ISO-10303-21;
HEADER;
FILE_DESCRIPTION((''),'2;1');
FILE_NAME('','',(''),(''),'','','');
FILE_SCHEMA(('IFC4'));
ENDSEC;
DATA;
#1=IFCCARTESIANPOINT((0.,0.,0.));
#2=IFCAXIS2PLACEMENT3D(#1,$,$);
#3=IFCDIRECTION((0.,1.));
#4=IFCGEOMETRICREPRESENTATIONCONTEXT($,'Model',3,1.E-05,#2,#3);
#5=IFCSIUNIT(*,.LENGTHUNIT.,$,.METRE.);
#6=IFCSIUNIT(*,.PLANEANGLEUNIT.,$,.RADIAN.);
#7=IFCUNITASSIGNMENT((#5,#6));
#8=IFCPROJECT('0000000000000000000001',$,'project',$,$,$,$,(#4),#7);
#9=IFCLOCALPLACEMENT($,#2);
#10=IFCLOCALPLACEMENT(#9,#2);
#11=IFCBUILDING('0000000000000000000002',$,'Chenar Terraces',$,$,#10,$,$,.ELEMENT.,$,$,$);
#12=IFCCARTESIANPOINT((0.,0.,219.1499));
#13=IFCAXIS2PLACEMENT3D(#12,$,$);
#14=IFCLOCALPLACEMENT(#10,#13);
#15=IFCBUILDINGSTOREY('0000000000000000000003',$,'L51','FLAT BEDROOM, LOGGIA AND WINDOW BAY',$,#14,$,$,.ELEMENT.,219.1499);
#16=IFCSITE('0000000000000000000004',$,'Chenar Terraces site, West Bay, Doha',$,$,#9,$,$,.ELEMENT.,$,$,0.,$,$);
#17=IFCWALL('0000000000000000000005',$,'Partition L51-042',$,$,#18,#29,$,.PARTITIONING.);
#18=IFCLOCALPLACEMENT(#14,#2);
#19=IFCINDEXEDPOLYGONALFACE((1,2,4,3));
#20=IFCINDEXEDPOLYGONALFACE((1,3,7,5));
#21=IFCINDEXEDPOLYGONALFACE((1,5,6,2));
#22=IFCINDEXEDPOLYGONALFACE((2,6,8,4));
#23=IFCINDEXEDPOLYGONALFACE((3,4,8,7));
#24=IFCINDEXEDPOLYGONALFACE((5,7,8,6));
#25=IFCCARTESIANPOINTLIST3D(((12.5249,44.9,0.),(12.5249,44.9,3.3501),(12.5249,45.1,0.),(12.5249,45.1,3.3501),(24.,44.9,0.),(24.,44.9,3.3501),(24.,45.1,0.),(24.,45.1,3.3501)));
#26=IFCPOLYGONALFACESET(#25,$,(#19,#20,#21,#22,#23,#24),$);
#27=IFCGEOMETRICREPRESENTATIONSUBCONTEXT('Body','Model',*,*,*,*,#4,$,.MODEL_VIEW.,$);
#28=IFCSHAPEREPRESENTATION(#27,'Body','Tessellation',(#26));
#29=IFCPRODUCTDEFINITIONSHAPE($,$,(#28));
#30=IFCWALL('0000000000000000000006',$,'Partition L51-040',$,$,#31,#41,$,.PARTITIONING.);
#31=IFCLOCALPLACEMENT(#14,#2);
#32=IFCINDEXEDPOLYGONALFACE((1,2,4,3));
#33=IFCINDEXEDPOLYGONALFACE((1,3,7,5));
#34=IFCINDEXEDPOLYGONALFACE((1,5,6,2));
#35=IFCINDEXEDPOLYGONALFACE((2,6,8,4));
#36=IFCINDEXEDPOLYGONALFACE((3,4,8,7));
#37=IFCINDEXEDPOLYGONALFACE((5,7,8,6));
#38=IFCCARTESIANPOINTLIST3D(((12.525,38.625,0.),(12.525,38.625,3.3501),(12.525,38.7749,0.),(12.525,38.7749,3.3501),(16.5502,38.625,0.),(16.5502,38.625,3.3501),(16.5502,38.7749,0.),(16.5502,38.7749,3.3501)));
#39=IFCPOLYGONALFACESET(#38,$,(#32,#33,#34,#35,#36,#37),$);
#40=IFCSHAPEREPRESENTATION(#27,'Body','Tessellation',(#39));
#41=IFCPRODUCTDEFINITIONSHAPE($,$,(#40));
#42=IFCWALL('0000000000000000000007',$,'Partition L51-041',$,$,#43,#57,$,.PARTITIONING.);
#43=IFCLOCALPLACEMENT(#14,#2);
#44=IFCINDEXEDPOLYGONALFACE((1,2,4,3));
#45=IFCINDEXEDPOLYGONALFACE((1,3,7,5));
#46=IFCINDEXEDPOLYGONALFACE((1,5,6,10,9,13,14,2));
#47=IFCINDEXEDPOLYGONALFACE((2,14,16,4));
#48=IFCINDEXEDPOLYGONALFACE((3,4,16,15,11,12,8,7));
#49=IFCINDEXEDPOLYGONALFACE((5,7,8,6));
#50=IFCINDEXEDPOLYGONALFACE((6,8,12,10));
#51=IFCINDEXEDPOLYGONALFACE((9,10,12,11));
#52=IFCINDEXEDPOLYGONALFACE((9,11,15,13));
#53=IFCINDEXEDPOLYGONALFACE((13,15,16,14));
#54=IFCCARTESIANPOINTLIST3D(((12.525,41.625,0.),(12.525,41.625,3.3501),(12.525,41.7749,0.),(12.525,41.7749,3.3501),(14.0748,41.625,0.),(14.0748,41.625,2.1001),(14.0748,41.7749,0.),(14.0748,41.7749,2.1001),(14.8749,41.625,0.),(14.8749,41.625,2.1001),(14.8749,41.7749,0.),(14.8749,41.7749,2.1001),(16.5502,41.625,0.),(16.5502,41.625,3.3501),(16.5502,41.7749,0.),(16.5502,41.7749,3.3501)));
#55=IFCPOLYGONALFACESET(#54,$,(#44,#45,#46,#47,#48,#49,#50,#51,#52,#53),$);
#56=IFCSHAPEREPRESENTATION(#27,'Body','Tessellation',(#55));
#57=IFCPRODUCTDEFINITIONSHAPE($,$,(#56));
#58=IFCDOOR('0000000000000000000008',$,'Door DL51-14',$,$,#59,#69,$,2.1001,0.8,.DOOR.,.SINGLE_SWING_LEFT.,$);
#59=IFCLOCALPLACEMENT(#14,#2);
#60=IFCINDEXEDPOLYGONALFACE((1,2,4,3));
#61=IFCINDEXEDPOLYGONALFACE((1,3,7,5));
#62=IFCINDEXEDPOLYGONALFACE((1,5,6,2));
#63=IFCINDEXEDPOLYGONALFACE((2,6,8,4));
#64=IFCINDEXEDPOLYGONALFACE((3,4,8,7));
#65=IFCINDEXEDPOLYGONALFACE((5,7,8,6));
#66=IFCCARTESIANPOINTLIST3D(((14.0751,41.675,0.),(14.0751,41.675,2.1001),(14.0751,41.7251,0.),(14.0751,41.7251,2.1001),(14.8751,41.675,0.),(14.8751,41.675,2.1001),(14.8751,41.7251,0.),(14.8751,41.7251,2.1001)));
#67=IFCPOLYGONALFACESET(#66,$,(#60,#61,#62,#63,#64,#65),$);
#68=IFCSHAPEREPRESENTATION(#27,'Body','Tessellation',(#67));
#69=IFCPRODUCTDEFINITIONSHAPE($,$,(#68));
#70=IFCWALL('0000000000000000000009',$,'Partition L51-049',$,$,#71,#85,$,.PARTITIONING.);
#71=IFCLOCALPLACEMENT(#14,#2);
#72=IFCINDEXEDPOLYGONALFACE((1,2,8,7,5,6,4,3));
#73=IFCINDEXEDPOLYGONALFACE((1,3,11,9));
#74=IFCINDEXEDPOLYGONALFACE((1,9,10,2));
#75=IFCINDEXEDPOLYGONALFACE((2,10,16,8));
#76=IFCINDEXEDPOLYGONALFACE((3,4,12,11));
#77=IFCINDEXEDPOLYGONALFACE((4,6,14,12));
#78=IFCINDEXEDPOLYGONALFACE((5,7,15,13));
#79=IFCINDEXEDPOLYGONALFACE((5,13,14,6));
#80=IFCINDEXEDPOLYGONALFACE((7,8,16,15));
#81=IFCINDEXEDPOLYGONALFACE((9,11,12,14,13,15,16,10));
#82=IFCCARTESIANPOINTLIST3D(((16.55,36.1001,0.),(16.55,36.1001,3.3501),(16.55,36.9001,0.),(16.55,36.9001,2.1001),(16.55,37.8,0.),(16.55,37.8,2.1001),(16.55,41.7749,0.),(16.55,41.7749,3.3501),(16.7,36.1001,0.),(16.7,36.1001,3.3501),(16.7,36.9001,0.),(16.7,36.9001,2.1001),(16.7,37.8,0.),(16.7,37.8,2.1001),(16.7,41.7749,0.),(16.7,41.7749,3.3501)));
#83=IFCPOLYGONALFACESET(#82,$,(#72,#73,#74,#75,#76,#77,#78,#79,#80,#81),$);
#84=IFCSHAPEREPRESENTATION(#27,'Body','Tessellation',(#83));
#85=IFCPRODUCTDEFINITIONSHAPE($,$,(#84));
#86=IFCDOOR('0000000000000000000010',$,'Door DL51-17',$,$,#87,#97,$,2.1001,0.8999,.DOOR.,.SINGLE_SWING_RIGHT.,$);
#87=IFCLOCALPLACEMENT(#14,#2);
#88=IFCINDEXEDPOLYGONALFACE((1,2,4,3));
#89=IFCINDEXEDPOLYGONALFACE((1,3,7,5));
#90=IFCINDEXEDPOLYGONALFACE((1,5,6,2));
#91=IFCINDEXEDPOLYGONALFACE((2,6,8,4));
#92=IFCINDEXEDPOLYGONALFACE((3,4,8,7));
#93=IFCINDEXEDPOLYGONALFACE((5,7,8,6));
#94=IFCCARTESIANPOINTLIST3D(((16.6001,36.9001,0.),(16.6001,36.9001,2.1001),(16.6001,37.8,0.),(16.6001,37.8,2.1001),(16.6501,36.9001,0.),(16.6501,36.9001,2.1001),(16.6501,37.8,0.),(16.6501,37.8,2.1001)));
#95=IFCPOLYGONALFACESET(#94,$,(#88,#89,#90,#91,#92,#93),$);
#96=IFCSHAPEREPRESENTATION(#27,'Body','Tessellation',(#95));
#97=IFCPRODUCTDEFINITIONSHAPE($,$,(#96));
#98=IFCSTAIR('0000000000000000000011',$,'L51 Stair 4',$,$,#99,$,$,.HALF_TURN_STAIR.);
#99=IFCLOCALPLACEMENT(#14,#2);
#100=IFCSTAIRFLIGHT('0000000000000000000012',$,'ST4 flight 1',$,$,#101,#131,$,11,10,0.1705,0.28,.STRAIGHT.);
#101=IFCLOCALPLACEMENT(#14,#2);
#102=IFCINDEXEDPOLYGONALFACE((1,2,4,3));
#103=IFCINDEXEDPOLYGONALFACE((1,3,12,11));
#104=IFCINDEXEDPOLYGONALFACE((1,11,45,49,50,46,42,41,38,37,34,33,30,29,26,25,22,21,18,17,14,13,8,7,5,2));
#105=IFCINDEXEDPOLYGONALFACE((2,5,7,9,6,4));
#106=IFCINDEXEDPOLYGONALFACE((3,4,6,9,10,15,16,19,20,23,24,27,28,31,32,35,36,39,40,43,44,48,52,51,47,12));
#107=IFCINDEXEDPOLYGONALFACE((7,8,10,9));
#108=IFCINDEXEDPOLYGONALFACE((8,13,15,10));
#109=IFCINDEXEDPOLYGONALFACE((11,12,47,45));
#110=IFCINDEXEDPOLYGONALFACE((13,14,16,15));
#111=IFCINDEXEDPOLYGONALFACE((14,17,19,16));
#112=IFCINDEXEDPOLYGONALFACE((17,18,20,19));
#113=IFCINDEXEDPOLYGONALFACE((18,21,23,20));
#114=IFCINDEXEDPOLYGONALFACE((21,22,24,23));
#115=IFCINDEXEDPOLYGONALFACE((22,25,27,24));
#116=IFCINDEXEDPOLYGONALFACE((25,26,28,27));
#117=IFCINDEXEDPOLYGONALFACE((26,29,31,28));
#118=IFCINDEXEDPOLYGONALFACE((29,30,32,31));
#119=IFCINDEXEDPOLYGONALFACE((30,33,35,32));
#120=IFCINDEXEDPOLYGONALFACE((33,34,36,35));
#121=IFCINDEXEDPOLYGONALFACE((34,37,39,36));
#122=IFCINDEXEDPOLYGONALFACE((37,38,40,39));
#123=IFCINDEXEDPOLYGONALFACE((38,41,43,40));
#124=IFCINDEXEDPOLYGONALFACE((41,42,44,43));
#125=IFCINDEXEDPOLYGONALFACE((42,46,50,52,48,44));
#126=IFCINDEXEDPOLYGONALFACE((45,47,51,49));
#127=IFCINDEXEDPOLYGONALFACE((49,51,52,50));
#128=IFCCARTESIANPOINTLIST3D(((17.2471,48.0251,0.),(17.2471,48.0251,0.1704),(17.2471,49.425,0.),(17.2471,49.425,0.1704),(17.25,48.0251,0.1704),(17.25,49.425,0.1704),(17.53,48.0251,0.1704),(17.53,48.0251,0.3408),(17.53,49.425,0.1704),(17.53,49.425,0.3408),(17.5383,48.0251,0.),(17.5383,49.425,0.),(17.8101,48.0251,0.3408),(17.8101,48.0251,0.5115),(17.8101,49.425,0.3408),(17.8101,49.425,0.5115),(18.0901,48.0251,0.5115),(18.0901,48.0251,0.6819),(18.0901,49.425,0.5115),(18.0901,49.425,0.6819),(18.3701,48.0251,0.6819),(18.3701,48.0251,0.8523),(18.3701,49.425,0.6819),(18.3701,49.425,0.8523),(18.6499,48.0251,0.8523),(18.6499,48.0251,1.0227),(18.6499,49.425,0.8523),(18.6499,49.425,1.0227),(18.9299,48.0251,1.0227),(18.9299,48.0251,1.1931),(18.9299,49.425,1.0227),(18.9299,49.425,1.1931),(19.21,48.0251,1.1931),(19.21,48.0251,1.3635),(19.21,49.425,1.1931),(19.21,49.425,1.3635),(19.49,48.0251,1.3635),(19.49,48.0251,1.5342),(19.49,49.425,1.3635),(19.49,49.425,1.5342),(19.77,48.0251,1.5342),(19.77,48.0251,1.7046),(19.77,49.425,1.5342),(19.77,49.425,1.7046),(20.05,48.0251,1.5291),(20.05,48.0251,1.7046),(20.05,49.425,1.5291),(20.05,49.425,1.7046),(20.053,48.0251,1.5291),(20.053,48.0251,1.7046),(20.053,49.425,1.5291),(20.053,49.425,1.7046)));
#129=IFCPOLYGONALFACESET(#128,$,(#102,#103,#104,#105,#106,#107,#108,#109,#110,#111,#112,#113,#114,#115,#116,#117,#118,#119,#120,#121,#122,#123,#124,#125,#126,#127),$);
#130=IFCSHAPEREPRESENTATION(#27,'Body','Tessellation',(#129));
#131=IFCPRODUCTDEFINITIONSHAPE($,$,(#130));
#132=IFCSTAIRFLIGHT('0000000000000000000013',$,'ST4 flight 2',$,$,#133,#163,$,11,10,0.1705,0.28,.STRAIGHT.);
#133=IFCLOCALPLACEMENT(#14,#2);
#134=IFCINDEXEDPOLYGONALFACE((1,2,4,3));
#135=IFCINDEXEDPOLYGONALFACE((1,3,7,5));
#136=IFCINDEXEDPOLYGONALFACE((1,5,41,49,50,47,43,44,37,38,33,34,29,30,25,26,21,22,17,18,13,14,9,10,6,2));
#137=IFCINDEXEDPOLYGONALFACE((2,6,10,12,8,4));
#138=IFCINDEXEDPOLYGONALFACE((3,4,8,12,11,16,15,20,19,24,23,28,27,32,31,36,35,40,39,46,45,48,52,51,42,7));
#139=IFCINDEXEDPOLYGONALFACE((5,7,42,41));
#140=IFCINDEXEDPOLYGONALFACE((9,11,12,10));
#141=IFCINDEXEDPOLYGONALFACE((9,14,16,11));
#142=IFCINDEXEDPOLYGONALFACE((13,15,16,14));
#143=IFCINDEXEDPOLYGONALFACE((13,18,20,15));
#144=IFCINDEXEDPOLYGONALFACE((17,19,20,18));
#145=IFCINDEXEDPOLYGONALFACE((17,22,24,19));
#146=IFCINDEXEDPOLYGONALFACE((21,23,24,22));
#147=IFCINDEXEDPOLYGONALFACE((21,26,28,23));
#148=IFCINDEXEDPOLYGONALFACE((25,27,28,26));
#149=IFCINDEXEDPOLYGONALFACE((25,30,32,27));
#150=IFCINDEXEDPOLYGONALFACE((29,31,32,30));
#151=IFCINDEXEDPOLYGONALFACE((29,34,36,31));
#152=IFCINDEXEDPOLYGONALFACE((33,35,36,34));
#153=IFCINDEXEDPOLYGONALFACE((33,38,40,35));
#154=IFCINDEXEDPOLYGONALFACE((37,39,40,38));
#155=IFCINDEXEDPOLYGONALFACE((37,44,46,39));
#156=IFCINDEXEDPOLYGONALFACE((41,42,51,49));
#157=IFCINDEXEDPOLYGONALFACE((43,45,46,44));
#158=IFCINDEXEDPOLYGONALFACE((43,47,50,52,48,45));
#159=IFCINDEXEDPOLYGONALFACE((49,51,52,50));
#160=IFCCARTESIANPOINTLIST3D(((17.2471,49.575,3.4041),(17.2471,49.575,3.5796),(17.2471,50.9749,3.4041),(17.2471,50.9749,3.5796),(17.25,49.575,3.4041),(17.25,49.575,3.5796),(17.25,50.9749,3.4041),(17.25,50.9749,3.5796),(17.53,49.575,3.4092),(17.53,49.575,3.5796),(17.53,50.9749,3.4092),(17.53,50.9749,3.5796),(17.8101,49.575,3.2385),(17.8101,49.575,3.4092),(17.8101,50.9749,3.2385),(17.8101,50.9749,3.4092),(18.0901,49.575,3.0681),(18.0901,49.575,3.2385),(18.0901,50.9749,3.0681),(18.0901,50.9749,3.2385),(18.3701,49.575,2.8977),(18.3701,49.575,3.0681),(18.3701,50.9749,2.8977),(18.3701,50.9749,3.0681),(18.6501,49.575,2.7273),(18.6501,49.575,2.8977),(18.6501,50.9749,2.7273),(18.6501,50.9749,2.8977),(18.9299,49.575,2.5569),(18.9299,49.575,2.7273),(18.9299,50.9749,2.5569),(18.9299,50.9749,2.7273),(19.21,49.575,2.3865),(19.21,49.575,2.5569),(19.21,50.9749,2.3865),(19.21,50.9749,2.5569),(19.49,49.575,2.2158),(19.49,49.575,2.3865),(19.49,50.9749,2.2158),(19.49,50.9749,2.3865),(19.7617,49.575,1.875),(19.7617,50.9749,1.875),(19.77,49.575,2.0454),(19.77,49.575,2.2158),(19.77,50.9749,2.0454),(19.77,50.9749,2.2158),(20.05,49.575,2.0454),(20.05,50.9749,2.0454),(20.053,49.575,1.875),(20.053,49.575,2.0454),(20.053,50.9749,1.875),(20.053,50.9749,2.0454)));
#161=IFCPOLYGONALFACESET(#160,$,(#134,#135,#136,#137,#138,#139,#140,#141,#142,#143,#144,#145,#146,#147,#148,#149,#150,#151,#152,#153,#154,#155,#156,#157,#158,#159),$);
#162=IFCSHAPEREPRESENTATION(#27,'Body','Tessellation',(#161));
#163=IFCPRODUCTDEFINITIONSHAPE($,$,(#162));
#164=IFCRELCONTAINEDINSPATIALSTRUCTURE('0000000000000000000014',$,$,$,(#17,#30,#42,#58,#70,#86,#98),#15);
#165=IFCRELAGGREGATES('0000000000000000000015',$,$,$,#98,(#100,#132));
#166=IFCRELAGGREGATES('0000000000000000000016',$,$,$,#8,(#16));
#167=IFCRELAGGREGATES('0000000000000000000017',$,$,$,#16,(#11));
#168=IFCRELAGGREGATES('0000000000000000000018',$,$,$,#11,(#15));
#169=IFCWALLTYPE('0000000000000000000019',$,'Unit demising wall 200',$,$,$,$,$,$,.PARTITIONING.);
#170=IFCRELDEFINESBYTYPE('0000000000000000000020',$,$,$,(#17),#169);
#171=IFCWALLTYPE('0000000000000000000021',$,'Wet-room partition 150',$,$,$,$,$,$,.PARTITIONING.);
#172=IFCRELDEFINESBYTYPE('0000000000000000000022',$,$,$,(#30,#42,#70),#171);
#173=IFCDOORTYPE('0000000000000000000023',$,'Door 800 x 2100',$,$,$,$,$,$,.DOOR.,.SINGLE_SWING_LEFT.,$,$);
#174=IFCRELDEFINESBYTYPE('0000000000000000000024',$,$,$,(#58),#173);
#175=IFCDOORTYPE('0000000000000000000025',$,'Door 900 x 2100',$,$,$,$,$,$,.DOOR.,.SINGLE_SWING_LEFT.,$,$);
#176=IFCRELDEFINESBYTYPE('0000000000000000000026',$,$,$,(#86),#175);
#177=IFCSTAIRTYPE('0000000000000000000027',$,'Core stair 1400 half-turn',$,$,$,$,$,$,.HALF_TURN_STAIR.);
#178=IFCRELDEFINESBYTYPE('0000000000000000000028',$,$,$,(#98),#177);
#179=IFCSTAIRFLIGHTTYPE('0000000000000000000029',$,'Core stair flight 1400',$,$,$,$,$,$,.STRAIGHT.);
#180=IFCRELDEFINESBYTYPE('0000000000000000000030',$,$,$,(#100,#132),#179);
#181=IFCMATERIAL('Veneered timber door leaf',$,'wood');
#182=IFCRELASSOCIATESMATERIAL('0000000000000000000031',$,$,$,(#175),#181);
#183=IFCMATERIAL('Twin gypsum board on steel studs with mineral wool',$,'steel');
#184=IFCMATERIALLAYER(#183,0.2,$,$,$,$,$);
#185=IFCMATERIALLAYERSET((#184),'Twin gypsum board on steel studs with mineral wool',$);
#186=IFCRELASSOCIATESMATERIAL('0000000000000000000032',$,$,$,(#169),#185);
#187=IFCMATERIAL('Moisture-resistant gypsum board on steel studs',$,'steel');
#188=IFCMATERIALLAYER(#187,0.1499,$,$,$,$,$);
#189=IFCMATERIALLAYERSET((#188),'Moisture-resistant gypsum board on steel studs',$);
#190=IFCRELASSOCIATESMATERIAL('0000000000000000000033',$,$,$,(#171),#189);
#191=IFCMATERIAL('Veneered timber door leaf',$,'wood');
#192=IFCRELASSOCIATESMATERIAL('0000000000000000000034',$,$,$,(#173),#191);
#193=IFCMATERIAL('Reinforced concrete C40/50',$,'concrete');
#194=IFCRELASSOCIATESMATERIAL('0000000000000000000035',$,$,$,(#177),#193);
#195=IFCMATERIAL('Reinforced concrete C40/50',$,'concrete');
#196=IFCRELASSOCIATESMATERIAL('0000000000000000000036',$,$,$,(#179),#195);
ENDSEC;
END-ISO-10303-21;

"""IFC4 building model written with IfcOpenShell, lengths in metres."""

from ifc_helpers import new_model, si_unit, direction, frame, frame_2d, origin, place, context, subcontext, project, spatial, polyline, rectangle, outline, extrude, material, layer, layer_set, type_object, element, fill, aggregate, save


model = new_model("IFC4")

# Units and contexts
model_context = context("Model", 3, precision=1e-05, world=origin(), true_north=direction((0.0, 1.0)))
body_context = subcontext(model_context, "Body", "Model", "MODEL_VIEW")
ifc_project = project(units=[si_unit("LENGTHUNIT", "METRE"), si_unit("PLANEANGLEUNIT", "RADIAN")], contexts=[model_context])

# Site, building, storey
site_placement = place(None, origin())
site = spatial("IfcSite", under=ifc_project, at=site_placement, Name="Chenar Terraces site, West Bay, Doha", CompositionType="ELEMENT", RefElevation=0.0)
building_placement = place(site_placement, origin())
building = spatial("IfcBuilding", under=site, at=building_placement, Name="Chenar Terraces", CompositionType="ELEMENT")
storey_placement = place(building_placement, frame((0.0, 0.0, 219.1499)))
storey = spatial("IfcBuildingStorey", under=building, at=storey_placement, Name="L51", Description="FLAT BEDROOM, LOGGIA AND WINDOW BAY", CompositionType="ELEMENT", Elevation=219.1499)

# Shared definitions
ifc_material_1 = material(Name="Veneered timber door leaf", Category="wood")
door_type_1 = type_object("IfcDoorType", Name="Door 900 x 2100", OperationType="SINGLE_SWING_LEFT", PredefinedType="DOOR", material=ifc_material_1)

# Walls
ifc_material_2 = material(Name="Twin gypsum board on steel studs with mineral wool", Category="steel")
ifc_layer_1 = layer(ifc_material_2, 0.2)
ifc_layer_set_1 = layer_set([ifc_layer_1], Name="Twin gypsum board on steel studs with mineral wool")
wall_type_1 = type_object("IfcWallType", Name="Unit demising wall 200", PredefinedType="PARTITIONING", material=ifc_layer_set_1)
for number, where, z_axis, x_axis, name in (
    (1, (12.5249, 45.0, 0.0), (0.0, 0.0, 1.0), (1.0, 0.0, 0.0), "Partition L51-042"),
):
    element("IfcWall", number, at=place(storey_placement, frame(where, z_axis=z_axis, x_axis=x_axis)), inside=storey, type_object=wall_type_1, Name=name, PredefinedType="PARTITIONING", context=body_context, shape_type="SweptSolid", body=[
        extrude(rectangle(XDim=11.4751, YDim=0.2, at=frame_2d((5.7375, 0.0))), origin(), (0.0, 0.0, 1.0), 3.3501),
    ])
ifc_material_3 = material(Name="Moisture-resistant gypsum board on steel studs", Category="steel")
ifc_layer_2 = layer(ifc_material_3, 0.1499)
ifc_layer_set_2 = layer_set([ifc_layer_2], Name="Moisture-resistant gypsum board on steel studs")
wall_type_2 = type_object("IfcWallType", Name="Wet-room partition 150", PredefinedType="PARTITIONING", material=ifc_layer_set_2)
wall_1_placement = place(storey_placement, frame((12.5249, 38.7, 0.0), z_axis=(0.0, 0.0, 1.0), x_axis=(1.0, 0.0, 0.0)))
element("IfcWall", 2, at=wall_1_placement, inside=storey, type_object=wall_type_2, Name="Partition L51-040", PredefinedType="PARTITIONING", context=body_context, shape_type="SweptSolid", body=[
    extrude(rectangle(XDim=4.0251, YDim=0.1499, at=frame_2d((2.0127, 0.0))), origin(), (0.0, 0.0, 1.0), 3.3501),
])

# Walls, openings, doors
wall_2_placement = place(storey_placement, frame((12.5249, 41.7, 0.0), z_axis=(0.0, 0.0, 1.0), x_axis=(1.0, 0.0, 0.0)))
wall_2 = element("IfcWall", 3, at=wall_2_placement, inside=storey, type_object=wall_type_2, Name="Partition L51-041", PredefinedType="PARTITIONING", context=body_context, shape_type="SweptSolid", body=[
    extrude(rectangle(XDim=4.0251, YDim=0.1499, at=frame_2d((2.0127, 0.0))), origin(), (0.0, 0.0, 1.0), 3.3501),
])
opening_1_placement = place(wall_2_placement, frame((1.55, 0.0, 0.0)))
opening_1 = element("IfcOpeningElement", 4, at=opening_1_placement, cuts=wall_2, PredefinedType="OPENING", context=body_context, shape_type="SweptSolid", body=[
    extrude(rectangle(XDim=0.8, YDim=2.1001, at=frame_2d((0.3999, 1.05))), frame((0.0, 0.085, 0.0), z_axis=(0.0, -1.0, 0.0), x_axis=(1.0, 0.0, 0.0)), (0.0, 0.0, 1.0), 0.1699),
])
ifc_material_4 = material(Name="Veneered timber door leaf", Category="wood")
door_type_2 = type_object("IfcDoorType", Name="Door 800 x 2100", OperationType="SINGLE_SWING_LEFT", PredefinedType="DOOR", material=ifc_material_4)
door_1_placement = place(opening_1_placement, frame((0.8, 0.0, 0.0), z_axis=(0.0, 0.0, 1.0), x_axis=(-1.0, 0.0, 0.0)))
door_1 = element("IfcDoor", 5, at=door_1_placement, inside=storey, type_object=door_type_2, Name="Door DL51-14", OperationType="SINGLE_SWING_LEFT", OverallHeight=2.1001, OverallWidth=0.8, PredefinedType="DOOR", context=body_context, shape_type="SweptSolid", body=[
    extrude(rectangle(XDim=0.8, YDim=2.1001, at=frame_2d((0.3999, 1.05))), frame((0.0, 0.0249, 0.0), z_axis=(0.0, -1.0, 0.0), x_axis=(1.0, 0.0, 0.0)), (0.0, 0.0, 1.0), 0.05),
])
fill(opening_1, door_1)
wall_3_placement = place(storey_placement, frame((16.625, 36.1001, 0.0), z_axis=(0.0, 0.0, 1.0), x_axis=(0.0, 1.0, 0.0)))
wall_3 = element("IfcWall", 6, at=wall_3_placement, inside=storey, type_object=wall_type_2, Name="Partition L51-049", PredefinedType="PARTITIONING", context=body_context, shape_type="SweptSolid", body=[
    extrude(rectangle(XDim=5.6748, YDim=0.1499, at=frame_2d((2.8374, 0.0))), origin(), (0.0, 0.0, 1.0), 3.3501),
])
opening_2_placement = place(wall_3_placement, frame((0.8, 0.0, 0.0)))
opening_2 = element("IfcOpeningElement", 7, at=opening_2_placement, cuts=wall_3, PredefinedType="OPENING", context=body_context, shape_type="SweptSolid", body=[
    extrude(rectangle(XDim=0.8999, YDim=2.1001, at=frame_2d((0.45, 1.05))), frame((0.0, 0.085, 0.0), z_axis=(0.0, -1.0, 0.0), x_axis=(1.0, 0.0, 0.0)), (0.0, 0.0, 1.0), 0.1699),
])
door_2_placement = place(opening_2_placement, origin())
door_2 = element("IfcDoor", 8, at=door_2_placement, inside=storey, type_object=door_type_1, Name="Door DL51-17", OperationType="SINGLE_SWING_RIGHT", OverallHeight=2.1001, OverallWidth=0.8999, PredefinedType="DOOR", context=body_context, shape_type="SweptSolid", body=[
    extrude(rectangle(XDim=0.8999, YDim=2.1001, at=frame_2d((0.45, 1.05))), frame((0.0, 0.0249, 0.0), z_axis=(0.0, -1.0, 0.0), x_axis=(1.0, 0.0, 0.0)), (0.0, 0.0, 1.0), 0.05),
])
fill(opening_2, door_2)

# Stair, stair flights
ifc_material_5 = material(Name="Reinforced concrete C40/50", Category="concrete")
stair_type = type_object("IfcStairType", Name="Core stair 1400 half-turn", PredefinedType="HALF_TURN_STAIR", material=ifc_material_5)
stair_placement = place(storey_placement, origin())
stair = element("IfcStair", 9, at=stair_placement, inside=storey, type_object=stair_type, Name="L51 Stair 4", PredefinedType="HALF_TURN_STAIR")
ifc_material_6 = material(Name="Reinforced concrete C40/50", Category="concrete")
stair_flight_type = type_object("IfcStairFlightType", Name="Core stair flight 1400", PredefinedType="STRAIGHT", material=ifc_material_6)
stair_flight_1_placement = place(storey_placement, frame((17.25, 48.7251, 0.0), z_axis=(0.0, 0.0, 1.0), x_axis=(1.0, 0.0, 0.0)))
stair_flight_1 = element("IfcStairFlight", 10, at=stair_flight_1_placement, type_object=stair_flight_type, Name="ST4 flight 1", NumberOfRisers=11, NumberOfTreads=10, PredefinedType="STRAIGHT", RiserHeight=0.1705, TreadLength=0.28, context=body_context, shape_type="SweptSolid", body=[
    extrude(outline(polyline([(-0.0029, 0.0), (-0.0029, 0.1704), (0.0, 0.1704), (0.28, 0.1704), (0.28, 0.3408), (0.5601, 0.3408), (0.5601, 0.5115), (0.8401, 0.5115), (0.8401, 0.6819), (1.1201, 0.6819), (1.1201, 0.8523), (1.3999, 0.8523), (1.3999, 1.0227), (1.6799, 1.0227), (1.6799, 1.1931), (1.96, 1.1931), (1.96, 1.3635), (2.24, 1.3635), (2.24, 1.5342), (2.52, 1.5342), (2.52, 1.7046), (2.8, 1.7046), (2.803, 1.7046), (2.803, 1.5291), (2.8, 1.5291), (0.2883, 0.0), (-0.0029, 0.0)])), frame((0.0, 0.7, 0.0), z_axis=(0.0, -1.0, 0.0), x_axis=(1.0, 0.0, 0.0)), (0.0, 0.0, 1.0), 1.3999),
])
stair_flight_2_placement = place(storey_placement, frame((20.05, 50.2749, 1.875), z_axis=(0.0, 0.0, 1.0), x_axis=(-1.0, 0.0, 0.0)))
stair_flight_2 = element("IfcStairFlight", 11, at=stair_flight_2_placement, type_object=stair_flight_type, Name="ST4 flight 2", NumberOfRisers=11, NumberOfTreads=10, PredefinedType="STRAIGHT", RiserHeight=0.1705, TreadLength=0.28, context=body_context, shape_type="SweptSolid", body=[
    extrude(outline(polyline([(-0.0029, 0.0), (-0.0029, 0.1704), (0.0, 0.1704), (0.28, 0.1704), (0.28, 0.3408), (0.5601, 0.3408), (0.5601, 0.5115), (0.8401, 0.5115), (0.8401, 0.6819), (1.1201, 0.6819), (1.1201, 0.8523), (1.3999, 0.8523), (1.3999, 1.0227), (1.6799, 1.0227), (1.6799, 1.1931), (1.96, 1.1931), (1.96, 1.3635), (2.24, 1.3635), (2.24, 1.5342), (2.52, 1.5342), (2.52, 1.7046), (2.8, 1.7046), (2.803, 1.7046), (2.803, 1.5291), (2.8, 1.5291), (0.2883, 0.0), (-0.0029, 0.0)])), frame((0.0, 0.7, 0.0), z_axis=(0.0, -1.0, 0.0), x_axis=(1.0, 0.0, 0.0)), (0.0, 0.0, 1.0), 1.3999),
])
aggregate(stair, [stair_flight_1, stair_flight_2])

save(model, "model.ifc")
